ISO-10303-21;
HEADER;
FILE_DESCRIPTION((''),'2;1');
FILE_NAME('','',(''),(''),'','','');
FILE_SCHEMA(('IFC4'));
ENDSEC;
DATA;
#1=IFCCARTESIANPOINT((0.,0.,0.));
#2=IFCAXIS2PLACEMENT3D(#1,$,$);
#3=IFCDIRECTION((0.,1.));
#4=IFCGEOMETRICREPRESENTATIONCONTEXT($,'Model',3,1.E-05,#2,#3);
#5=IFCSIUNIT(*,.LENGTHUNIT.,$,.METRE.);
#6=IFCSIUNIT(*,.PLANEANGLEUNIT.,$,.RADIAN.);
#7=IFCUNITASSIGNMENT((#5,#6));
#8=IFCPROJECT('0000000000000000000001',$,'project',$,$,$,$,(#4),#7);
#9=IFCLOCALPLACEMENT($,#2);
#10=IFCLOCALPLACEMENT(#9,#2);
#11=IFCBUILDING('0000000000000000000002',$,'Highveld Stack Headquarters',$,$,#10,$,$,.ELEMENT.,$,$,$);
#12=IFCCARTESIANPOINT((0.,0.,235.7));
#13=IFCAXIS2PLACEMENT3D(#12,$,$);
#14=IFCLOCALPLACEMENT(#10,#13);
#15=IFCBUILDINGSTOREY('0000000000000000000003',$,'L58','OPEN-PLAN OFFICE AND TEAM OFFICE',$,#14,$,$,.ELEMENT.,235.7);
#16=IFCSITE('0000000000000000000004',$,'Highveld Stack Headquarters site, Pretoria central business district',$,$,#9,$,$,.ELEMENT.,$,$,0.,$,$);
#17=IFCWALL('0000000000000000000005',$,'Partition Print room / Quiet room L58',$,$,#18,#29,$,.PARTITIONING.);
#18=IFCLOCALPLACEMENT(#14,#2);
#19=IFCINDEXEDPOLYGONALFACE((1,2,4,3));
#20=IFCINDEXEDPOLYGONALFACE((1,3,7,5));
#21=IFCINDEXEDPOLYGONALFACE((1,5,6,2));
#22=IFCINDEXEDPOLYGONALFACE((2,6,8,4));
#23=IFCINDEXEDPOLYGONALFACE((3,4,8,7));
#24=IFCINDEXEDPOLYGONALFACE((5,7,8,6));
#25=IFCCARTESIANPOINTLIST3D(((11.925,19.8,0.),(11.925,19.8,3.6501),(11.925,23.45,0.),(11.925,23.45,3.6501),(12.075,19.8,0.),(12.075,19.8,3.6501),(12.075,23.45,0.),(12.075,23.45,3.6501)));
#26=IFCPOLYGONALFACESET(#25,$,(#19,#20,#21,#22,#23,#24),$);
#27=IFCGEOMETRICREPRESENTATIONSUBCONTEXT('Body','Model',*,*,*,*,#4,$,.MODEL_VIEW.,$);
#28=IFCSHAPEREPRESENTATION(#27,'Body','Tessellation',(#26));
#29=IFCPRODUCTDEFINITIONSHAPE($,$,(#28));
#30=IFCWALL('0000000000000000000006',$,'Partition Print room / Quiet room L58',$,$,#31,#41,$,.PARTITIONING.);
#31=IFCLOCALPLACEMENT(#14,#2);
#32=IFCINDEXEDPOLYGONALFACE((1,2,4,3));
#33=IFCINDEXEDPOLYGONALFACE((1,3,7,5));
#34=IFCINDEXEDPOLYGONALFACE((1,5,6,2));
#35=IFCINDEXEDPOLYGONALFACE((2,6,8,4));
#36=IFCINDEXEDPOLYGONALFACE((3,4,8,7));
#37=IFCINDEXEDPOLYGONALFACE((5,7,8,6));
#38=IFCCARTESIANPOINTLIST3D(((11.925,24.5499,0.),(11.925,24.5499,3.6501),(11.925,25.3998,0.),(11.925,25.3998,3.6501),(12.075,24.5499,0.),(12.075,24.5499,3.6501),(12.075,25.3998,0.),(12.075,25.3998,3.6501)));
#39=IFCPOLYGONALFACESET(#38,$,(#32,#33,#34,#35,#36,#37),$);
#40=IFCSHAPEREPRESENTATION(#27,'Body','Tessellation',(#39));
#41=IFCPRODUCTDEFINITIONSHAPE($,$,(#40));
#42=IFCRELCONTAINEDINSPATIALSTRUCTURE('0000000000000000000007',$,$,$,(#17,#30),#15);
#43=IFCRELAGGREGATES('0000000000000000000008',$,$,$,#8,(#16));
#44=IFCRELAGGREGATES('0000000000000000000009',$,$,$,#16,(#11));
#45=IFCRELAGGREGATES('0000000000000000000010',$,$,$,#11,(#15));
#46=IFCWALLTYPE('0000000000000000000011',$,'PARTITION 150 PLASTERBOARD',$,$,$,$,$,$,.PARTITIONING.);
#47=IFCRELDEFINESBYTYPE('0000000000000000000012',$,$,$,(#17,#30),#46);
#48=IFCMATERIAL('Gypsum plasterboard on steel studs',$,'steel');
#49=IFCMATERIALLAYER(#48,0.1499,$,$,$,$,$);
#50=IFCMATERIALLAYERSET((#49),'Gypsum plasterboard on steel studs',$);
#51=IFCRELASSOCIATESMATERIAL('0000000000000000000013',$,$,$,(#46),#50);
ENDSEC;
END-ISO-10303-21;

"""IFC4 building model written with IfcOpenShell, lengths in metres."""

from ifc_helpers import new_model, si_unit, direction, frame, frame_2d, origin, place, context, subcontext, project, spatial, rectangle, extrude, material, layer, layer_set, type_object, element, save


model = new_model("IFC4")

# Units and contexts
model_context = context("Model", 3, precision=1e-05, world=origin(), true_north=direction((0.0, 1.0)))
body_context = subcontext(model_context, "Body", "Model", "MODEL_VIEW")
ifc_project = project(units=[si_unit("LENGTHUNIT", "METRE"), si_unit("PLANEANGLEUNIT", "RADIAN")], contexts=[model_context])

# Site, building, storey
site_placement = place(None, origin())
site = spatial("IfcSite", under=ifc_project, at=site_placement, Name="Highveld Stack Headquarters site, Pretoria central business district", CompositionType="ELEMENT", RefElevation=0.0)
building_placement = place(site_placement, origin())
building = spatial("IfcBuilding", under=site, at=building_placement, Name="Highveld Stack Headquarters", CompositionType="ELEMENT")
storey_placement = place(building_placement, frame((0.0, 0.0, 235.7)))
storey = spatial("IfcBuildingStorey", under=building, at=storey_placement, Name="L58", Description="OPEN-PLAN OFFICE AND TEAM OFFICE", CompositionType="ELEMENT", Elevation=235.7)

# Shared definitions
ifc_material_1 = material(Name="Gypsum plasterboard on steel studs", Category="steel")
ifc_layer_1 = layer(ifc_material_1, 0.1499)
ifc_layer_set_1 = layer_set([ifc_layer_1], Name="Gypsum plasterboard on steel studs")
wall_type = type_object("IfcWallType", Name="PARTITION 150 PLASTERBOARD", PredefinedType="PARTITIONING", material=ifc_layer_set_1)

# Walls
wall_1_placement = place(storey_placement, frame((12.0, 19.8, 0.0), z_axis=(0.0, 0.0, 1.0), x_axis=(0.0, 1.0, 0.0)))
element("IfcWall", 1, at=wall_1_placement, inside=storey, type_object=wall_type, Name="Partition Print room / Quiet room L58", PredefinedType="PARTITIONING", context=body_context, shape_type="SweptSolid", body=[
    extrude(rectangle(XDim=3.6499, YDim=0.1499, at=frame_2d((1.825, 0.0))), origin(), (0.0, 0.0, 1.0), 3.6501),
])
wall_2_placement = place(storey_placement, frame((12.0, 24.55, 0.0), z_axis=(0.0, 0.0, 1.0), x_axis=(0.0, 1.0, 0.0)))
element("IfcWall", 2, at=wall_2_placement, inside=storey, type_object=wall_type, Name="Partition Print room / Quiet room L58", PredefinedType="PARTITIONING", context=body_context, shape_type="SweptSolid", body=[
    extrude(rectangle(XDim=0.8499, YDim=0.1499, at=frame_2d((0.4248, 0.0))), origin(), (0.0, 0.0, 1.0), 3.6501),
])

save(model, "model.ifc")
